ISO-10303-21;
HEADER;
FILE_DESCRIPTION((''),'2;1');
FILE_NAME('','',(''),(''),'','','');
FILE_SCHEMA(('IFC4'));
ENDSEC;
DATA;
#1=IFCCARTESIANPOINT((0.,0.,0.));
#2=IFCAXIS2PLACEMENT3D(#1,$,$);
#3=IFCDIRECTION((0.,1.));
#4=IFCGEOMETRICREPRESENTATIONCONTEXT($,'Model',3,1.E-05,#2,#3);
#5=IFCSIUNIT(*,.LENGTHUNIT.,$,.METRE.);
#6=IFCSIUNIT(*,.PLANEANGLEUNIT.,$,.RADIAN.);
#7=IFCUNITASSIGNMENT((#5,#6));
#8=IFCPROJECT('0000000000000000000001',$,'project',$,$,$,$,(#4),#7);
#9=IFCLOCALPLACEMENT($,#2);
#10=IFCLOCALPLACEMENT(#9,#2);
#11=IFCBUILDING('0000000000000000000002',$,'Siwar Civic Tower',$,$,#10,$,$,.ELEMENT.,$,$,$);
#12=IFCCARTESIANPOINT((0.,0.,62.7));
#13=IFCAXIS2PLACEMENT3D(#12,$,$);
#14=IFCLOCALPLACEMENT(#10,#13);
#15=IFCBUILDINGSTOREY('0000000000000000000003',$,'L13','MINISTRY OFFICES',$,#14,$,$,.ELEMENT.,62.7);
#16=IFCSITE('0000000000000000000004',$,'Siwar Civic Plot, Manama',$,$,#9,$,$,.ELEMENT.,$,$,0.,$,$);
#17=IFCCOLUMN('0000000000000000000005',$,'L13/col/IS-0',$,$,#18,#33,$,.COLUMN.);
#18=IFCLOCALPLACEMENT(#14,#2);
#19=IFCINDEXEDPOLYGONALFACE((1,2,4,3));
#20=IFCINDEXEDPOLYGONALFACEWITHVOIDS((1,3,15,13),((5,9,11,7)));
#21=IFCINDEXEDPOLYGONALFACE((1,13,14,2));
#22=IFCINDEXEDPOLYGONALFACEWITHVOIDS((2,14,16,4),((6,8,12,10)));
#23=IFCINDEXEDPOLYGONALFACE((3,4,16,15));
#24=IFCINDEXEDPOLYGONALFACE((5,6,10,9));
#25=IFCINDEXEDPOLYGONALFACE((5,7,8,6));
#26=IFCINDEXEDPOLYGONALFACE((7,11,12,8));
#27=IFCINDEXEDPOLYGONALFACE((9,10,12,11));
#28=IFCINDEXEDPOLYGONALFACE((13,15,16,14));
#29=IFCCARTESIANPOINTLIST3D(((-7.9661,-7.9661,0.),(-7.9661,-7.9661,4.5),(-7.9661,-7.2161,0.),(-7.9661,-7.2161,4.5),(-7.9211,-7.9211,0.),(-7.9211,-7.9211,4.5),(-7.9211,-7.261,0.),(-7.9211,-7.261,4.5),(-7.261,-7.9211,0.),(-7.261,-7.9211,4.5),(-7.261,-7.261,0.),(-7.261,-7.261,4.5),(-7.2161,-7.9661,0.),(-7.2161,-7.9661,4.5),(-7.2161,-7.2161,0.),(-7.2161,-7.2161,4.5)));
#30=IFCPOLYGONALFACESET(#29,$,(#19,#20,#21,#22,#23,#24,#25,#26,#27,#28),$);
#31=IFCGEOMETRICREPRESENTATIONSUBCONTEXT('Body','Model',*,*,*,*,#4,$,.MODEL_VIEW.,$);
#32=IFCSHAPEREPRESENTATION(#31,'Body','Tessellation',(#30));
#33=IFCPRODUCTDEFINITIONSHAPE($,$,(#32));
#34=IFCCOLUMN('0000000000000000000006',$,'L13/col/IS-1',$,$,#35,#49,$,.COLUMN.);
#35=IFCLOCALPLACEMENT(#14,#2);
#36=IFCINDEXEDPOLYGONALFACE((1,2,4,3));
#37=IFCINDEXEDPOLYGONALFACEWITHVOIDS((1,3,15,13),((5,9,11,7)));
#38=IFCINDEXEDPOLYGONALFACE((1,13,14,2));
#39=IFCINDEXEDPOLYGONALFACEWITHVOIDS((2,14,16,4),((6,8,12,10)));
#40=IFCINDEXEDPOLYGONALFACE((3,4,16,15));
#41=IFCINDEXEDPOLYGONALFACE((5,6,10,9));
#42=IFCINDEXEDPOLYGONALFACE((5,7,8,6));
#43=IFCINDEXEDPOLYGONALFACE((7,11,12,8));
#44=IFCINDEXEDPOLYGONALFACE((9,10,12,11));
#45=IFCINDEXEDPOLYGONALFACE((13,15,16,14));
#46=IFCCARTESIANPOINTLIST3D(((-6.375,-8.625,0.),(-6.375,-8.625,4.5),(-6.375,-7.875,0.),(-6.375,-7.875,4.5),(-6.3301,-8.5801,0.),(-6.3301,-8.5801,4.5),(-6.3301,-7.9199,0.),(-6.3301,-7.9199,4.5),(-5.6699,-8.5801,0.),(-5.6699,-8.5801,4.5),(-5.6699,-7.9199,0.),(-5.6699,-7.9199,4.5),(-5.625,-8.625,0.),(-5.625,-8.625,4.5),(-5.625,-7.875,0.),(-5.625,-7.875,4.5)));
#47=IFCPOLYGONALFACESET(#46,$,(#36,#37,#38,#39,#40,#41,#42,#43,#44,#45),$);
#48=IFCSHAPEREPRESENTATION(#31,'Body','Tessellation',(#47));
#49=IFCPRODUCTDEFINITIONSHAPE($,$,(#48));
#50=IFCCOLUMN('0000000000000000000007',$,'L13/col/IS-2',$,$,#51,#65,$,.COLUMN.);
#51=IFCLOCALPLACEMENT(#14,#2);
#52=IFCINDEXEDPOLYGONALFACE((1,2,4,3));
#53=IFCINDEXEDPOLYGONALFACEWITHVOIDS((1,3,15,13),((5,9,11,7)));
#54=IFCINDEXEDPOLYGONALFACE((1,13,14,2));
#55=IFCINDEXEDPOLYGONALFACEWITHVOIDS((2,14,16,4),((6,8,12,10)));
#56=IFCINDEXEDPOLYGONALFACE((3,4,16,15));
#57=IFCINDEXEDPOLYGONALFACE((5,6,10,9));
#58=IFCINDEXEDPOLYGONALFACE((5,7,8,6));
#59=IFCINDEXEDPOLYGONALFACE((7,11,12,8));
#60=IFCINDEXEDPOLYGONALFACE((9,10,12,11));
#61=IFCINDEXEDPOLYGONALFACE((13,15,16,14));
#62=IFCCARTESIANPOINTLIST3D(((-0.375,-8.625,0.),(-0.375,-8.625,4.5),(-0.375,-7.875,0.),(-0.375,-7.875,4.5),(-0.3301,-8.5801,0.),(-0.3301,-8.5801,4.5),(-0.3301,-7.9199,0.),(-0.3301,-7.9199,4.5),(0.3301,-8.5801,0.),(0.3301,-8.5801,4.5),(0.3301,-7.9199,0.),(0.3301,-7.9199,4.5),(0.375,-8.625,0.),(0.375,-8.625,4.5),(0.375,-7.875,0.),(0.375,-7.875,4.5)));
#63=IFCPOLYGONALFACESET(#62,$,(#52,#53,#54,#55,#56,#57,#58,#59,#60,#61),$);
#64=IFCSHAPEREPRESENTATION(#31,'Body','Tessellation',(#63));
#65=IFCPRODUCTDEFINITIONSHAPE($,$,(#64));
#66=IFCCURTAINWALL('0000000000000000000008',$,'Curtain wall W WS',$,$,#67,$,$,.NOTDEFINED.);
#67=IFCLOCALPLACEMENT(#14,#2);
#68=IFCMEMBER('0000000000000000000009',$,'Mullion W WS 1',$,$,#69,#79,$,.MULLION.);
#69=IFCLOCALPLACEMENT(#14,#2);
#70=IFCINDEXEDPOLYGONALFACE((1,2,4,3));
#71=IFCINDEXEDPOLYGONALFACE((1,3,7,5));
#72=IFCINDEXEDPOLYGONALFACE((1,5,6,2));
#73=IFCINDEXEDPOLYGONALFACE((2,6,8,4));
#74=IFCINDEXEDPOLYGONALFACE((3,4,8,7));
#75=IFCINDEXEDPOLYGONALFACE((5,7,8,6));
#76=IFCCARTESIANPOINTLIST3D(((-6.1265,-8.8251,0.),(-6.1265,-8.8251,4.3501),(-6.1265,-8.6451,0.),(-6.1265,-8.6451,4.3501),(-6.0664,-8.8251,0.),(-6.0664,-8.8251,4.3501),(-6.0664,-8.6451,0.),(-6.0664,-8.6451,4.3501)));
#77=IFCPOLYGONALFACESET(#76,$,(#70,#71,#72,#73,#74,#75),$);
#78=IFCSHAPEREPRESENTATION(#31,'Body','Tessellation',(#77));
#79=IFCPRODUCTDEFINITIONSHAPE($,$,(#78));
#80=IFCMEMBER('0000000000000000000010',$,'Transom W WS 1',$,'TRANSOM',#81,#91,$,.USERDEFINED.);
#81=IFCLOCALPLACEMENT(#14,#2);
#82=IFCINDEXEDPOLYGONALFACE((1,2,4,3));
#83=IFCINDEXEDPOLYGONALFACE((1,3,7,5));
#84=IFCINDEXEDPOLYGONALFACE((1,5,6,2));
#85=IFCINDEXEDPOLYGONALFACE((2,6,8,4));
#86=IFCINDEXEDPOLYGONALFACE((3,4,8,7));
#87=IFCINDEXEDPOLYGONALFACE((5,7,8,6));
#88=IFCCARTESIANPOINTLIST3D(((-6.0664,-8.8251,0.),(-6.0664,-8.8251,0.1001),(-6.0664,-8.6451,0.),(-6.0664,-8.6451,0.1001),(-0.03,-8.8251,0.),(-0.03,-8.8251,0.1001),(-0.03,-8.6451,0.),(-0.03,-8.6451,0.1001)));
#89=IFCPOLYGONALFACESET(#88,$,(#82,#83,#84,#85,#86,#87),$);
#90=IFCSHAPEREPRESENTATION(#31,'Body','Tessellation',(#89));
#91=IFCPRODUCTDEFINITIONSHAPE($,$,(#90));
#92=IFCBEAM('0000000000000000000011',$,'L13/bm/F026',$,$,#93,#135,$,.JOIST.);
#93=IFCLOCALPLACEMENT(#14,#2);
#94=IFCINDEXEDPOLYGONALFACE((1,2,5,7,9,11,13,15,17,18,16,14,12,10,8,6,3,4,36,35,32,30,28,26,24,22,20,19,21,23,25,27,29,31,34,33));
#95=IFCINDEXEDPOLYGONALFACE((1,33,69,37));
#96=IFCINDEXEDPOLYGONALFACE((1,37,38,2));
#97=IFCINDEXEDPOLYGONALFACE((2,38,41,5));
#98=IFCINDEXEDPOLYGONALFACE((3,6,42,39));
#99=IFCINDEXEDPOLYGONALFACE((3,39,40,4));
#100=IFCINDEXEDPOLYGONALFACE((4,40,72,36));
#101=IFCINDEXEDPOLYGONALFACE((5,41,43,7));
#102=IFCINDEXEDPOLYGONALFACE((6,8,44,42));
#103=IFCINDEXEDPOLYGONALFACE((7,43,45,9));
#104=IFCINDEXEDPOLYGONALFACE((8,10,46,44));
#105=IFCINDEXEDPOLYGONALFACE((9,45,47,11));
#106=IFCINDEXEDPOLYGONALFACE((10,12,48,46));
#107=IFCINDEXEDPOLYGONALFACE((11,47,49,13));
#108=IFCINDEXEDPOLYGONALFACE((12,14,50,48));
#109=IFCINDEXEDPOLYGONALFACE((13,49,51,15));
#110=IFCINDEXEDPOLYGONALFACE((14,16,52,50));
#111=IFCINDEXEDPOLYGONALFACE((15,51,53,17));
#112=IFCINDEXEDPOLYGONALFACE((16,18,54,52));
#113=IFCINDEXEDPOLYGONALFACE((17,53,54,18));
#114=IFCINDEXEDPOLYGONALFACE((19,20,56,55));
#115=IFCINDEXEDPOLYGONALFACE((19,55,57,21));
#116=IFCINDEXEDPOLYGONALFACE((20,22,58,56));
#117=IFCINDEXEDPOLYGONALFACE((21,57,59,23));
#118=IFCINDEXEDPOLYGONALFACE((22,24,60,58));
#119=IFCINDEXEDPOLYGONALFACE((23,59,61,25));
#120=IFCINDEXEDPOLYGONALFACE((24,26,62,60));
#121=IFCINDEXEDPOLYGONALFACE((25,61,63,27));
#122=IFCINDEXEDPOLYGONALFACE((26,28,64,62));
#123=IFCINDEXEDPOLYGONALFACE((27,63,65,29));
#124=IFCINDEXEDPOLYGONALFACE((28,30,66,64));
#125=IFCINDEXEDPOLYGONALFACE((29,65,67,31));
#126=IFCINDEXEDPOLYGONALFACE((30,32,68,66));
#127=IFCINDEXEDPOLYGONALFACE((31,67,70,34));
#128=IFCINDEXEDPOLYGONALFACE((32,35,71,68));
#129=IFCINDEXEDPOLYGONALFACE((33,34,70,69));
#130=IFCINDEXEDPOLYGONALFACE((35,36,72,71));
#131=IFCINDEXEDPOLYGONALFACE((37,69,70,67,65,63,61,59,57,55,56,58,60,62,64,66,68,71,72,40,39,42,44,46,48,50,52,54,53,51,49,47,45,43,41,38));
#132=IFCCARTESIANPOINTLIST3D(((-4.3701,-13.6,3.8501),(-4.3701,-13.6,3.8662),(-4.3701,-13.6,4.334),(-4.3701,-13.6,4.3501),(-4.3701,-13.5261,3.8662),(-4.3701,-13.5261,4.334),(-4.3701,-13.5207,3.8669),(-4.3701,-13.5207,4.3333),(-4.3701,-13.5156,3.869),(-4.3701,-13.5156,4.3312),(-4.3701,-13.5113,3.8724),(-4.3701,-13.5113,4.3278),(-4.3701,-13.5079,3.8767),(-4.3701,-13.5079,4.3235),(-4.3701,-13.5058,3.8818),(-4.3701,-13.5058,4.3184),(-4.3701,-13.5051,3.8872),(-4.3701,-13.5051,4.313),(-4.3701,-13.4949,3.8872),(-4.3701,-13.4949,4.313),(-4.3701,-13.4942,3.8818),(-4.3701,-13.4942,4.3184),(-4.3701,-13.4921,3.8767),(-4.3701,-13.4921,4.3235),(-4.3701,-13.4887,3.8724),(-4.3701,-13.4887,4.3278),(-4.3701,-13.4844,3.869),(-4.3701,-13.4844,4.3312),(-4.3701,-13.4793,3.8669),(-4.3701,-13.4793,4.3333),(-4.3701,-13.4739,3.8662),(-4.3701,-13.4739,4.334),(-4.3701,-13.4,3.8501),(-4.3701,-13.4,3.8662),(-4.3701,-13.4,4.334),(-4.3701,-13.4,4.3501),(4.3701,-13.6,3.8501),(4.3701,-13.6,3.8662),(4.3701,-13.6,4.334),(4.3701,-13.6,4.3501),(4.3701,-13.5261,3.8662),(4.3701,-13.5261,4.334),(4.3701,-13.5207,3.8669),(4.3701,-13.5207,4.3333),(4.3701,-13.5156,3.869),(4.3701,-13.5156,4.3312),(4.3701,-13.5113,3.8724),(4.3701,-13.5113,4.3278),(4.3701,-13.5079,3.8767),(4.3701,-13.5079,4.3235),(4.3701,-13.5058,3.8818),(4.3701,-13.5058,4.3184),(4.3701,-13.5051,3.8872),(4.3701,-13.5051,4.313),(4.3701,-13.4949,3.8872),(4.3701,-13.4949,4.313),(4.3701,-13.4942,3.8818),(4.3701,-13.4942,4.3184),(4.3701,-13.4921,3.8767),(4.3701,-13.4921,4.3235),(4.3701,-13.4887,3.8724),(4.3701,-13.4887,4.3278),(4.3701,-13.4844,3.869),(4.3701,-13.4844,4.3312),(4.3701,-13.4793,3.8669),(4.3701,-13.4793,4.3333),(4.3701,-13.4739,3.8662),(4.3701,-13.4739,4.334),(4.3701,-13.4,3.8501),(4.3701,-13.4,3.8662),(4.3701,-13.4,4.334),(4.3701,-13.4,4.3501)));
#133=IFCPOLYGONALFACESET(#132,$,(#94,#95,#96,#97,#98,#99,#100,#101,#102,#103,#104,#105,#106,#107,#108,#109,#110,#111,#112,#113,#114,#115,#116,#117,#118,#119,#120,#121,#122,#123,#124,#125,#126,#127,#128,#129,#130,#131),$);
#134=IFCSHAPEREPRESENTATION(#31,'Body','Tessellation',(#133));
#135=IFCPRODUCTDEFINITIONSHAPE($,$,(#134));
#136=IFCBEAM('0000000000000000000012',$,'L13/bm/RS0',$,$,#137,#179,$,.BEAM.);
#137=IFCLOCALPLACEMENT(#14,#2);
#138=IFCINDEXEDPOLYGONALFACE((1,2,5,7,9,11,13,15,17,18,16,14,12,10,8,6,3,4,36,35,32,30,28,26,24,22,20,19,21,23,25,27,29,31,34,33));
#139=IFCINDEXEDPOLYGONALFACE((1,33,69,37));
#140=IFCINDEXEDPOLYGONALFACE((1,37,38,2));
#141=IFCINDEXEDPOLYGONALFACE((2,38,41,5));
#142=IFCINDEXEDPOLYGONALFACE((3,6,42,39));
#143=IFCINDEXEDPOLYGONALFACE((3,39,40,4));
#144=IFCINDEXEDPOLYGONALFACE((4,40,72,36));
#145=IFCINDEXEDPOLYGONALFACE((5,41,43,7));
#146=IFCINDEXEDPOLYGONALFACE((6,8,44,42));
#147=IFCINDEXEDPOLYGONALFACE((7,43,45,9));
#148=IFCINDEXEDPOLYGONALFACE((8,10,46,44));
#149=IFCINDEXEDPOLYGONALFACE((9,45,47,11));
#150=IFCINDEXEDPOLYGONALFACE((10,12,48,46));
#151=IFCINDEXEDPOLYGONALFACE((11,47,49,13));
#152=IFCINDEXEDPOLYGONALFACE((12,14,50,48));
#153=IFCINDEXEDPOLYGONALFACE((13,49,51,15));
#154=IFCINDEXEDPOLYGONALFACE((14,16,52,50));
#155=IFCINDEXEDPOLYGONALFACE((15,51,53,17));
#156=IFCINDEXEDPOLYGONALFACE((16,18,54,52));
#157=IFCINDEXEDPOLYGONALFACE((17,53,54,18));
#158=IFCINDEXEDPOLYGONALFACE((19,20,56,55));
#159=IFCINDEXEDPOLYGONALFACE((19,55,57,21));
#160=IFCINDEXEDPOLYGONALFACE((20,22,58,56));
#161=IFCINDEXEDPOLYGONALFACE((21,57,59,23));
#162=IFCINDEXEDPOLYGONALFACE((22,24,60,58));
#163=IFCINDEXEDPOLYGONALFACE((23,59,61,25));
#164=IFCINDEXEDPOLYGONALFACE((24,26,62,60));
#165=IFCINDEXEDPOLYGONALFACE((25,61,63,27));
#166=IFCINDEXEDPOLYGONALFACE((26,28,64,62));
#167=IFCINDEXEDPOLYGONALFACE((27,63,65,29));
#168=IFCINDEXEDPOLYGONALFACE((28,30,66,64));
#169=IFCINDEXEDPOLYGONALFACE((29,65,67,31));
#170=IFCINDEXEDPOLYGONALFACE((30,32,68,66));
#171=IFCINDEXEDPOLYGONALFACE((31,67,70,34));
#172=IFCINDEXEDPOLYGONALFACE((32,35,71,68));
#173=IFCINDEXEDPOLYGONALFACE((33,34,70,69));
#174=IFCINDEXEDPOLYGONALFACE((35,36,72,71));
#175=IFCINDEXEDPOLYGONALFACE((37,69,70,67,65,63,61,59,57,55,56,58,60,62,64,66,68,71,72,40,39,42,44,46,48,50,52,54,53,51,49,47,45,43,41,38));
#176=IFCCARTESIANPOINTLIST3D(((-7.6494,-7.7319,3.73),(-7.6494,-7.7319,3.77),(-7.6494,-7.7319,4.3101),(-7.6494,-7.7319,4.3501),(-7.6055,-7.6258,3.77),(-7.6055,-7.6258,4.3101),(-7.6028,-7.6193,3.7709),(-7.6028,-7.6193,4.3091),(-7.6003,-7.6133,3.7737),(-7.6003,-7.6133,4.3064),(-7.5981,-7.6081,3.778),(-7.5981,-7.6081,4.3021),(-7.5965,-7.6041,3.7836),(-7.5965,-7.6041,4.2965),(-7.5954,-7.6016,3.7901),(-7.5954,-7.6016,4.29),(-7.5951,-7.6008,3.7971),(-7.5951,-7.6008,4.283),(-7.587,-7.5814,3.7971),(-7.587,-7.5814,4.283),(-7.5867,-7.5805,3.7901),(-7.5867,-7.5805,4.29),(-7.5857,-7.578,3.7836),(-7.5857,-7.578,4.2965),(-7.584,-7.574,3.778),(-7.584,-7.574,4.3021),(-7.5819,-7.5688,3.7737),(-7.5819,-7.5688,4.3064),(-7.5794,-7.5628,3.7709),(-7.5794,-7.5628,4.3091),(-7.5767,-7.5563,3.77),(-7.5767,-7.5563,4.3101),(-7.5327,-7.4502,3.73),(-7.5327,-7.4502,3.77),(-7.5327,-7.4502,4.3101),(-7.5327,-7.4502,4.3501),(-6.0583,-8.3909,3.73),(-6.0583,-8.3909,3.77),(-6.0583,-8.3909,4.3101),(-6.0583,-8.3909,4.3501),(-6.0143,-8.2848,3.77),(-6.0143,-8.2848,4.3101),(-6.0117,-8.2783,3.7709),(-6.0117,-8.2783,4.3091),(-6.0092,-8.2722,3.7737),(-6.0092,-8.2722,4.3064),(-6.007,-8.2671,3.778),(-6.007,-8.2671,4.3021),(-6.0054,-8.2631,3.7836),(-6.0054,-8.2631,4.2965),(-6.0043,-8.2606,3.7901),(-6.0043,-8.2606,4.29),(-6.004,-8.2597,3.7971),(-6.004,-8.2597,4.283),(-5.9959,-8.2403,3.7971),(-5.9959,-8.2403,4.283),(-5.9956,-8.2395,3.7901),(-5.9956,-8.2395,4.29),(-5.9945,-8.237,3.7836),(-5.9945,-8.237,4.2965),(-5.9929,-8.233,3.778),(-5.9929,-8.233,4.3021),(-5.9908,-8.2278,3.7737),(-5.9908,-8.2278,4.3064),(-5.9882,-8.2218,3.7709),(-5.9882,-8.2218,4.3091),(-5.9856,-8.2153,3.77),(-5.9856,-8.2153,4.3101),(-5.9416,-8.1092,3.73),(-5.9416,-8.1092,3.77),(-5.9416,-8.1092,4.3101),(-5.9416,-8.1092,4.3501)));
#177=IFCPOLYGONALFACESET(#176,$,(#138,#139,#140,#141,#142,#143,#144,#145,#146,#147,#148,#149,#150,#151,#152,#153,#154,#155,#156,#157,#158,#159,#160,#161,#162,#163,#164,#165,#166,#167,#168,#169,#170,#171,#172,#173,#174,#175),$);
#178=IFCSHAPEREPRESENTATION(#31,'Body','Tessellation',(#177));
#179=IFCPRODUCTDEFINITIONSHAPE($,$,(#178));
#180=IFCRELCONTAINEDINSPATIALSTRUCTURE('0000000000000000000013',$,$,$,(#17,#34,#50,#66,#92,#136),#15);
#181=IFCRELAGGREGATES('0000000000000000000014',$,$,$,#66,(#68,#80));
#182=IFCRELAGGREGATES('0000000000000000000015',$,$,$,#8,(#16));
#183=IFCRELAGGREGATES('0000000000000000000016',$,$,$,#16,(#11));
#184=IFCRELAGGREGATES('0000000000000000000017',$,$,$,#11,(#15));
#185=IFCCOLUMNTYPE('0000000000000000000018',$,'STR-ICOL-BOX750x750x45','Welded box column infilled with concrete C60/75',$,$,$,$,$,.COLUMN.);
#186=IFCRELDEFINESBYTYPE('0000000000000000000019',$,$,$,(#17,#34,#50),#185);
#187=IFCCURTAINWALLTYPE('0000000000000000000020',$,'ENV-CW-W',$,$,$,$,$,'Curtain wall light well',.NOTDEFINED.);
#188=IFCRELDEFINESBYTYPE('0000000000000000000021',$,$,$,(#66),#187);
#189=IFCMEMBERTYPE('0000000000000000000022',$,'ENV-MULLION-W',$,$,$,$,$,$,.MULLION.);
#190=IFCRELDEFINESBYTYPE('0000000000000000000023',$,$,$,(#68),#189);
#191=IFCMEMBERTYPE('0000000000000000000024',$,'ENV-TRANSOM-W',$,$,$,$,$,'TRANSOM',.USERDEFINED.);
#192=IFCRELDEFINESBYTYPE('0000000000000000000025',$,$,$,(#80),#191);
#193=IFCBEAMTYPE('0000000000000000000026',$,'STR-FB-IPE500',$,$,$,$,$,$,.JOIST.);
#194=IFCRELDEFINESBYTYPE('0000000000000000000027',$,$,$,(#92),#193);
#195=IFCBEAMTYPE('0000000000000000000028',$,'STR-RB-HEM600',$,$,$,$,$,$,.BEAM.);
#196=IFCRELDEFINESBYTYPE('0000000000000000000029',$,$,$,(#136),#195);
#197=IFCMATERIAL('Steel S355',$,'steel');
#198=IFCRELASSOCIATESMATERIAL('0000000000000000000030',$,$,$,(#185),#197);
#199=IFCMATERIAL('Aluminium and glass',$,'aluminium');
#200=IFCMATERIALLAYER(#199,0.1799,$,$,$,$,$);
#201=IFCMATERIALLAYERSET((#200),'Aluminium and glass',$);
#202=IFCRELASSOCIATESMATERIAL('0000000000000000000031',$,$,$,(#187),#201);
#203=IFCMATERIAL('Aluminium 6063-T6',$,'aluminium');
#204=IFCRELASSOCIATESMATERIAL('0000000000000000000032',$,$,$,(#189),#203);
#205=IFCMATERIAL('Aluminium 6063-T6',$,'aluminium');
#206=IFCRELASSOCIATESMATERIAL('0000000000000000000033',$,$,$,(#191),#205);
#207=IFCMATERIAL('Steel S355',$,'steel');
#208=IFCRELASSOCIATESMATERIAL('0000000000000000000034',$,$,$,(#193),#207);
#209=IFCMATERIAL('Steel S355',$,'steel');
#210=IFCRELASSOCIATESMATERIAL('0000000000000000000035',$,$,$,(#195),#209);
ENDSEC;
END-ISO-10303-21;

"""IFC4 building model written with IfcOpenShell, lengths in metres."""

from ifc_helpers import new_model, si_unit, direction, frame, origin, origin_2d, place, context, subcontext, project, spatial, rectangle, hollow_rectangle, i_section, extrude, material, layer, layer_set, material_profile, profile_set, type_object, element, aggregate, save


model = new_model("IFC4")

# Units and contexts
model_context = context("Model", 3, precision=1e-05, world=origin(), true_north=direction((0.0, 1.0)))
body_context = subcontext(model_context, "Body", "Model", "MODEL_VIEW")
ifc_project = project(units=[si_unit("LENGTHUNIT", "METRE"), si_unit("PLANEANGLEUNIT", "RADIAN")], contexts=[model_context])

# Site, building, storey
site_placement = place(None, origin())
site = spatial("IfcSite", under=ifc_project, at=site_placement, Name="Siwar Civic Plot, Manama", CompositionType="ELEMENT", RefElevation=0.0)
building_placement = place(site_placement, origin())
building = spatial("IfcBuilding", under=site, at=building_placement, Name="Siwar Civic Tower", CompositionType="ELEMENT")
storey_placement = place(building_placement, frame((0.0, 0.0, 62.7)))
storey = spatial("IfcBuildingStorey", under=building, at=storey_placement, Name="L13", Description="MINISTRY OFFICES", CompositionType="ELEMENT", Elevation=62.7)

# Columns
ifc_material_1 = material(Name="Steel S355", Category="steel")
ifc_material_profile_1 = material_profile(ifc_material_1, hollow_rectangle(XDim=0.75, YDim=0.75, WallThickness=0.0449, at=origin_2d()), Name="BOX750x750x45")
ifc_profile_set_1 = profile_set([ifc_material_profile_1], Name="Steel S355")
column_type = type_object("IfcColumnType", Name="STR-ICOL-BOX750x750x45", Description="Welded box column infilled with concrete C60/75", PredefinedType="COLUMN", material=ifc_profile_set_1)
for number, where, z_axis, x_axis, name in (
    (1, (-7.5911, -7.5911, 0.0), (0.0, 0.0, 1.0), (1.0, 0.0, 0.0), "L13/col/IS-0"),
    (2, (-6.0, -8.25, 0.0), (0.0, 0.0, 1.0), (1.0, 0.0, 0.0), "L13/col/IS-1"),
    (3, (0.0, -8.25, 0.0), (0.0, 0.0, 1.0), (1.0, 0.0, 0.0), "L13/col/IS-2"),
):
    element("IfcColumn", number, at=place(storey_placement, frame(where, z_axis=z_axis, x_axis=x_axis)), inside=storey, type_object=column_type, Name=name, PredefinedType="COLUMN", context=body_context, shape_type="SweptSolid", body=[
        extrude(hollow_rectangle(XDim=0.75, YDim=0.75, WallThickness=0.0449, at=origin_2d()), origin(), (0.0, 0.0, 1.0), 4.5),
    ])

# Curtain wall, members
ifc_material_2 = material(Name="Aluminium and glass", Category="aluminium")
ifc_layer_1 = layer(ifc_material_2, 0.1799)
ifc_layer_set_1 = layer_set([ifc_layer_1], Name="Aluminium and glass")
curtain_wall_type = type_object("IfcCurtainWallType", Name="ENV-CW-W", ElementType="Curtain wall light well", PredefinedType="NOTDEFINED", material=ifc_layer_set_1)
curtain_wall_placement = place(storey_placement, origin())
curtain_wall = element("IfcCurtainWall", 4, at=curtain_wall_placement, inside=storey, type_object=curtain_wall_type, Name="Curtain wall W WS", PredefinedType="NOTDEFINED")
ifc_material_3 = material(Name="Aluminium 6063-T6", Category="aluminium")
ifc_material_profile_2 = material_profile(ifc_material_3, rectangle(XDim=0.1799, YDim=0.0601, at=origin_2d()), Name="AL 180x60")
ifc_profile_set_2 = profile_set([ifc_material_profile_2], Name="Aluminium 6063-T6")
member_type_1 = type_object("IfcMemberType", Name="ENV-MULLION-W", PredefinedType="MULLION", material=ifc_profile_set_2)
member_1_placement = place(storey_placement, frame((-6.0964, -8.7351, 0.0), z_axis=(0.0, 0.0, 1.0), x_axis=(0.0, 1.0, 0.0)))
member_1 = element("IfcMember", 5, at=member_1_placement, type_object=member_type_1, Name="Mullion W WS 1", PredefinedType="MULLION", context=body_context, shape_type="SweptSolid", body=[
    extrude(rectangle(XDim=0.1799, YDim=0.0601, at=origin_2d()), origin(), (0.0, 0.0, 1.0), 4.3501),
])
ifc_material_4 = material(Name="Aluminium 6063-T6", Category="aluminium")
ifc_material_profile_3 = material_profile(ifc_material_4, rectangle(XDim=0.1799, YDim=0.1001, at=origin_2d()), Name="AL 180x100")
ifc_profile_set_3 = profile_set([ifc_material_profile_3], Name="Aluminium 6063-T6")
member_type_2 = type_object("IfcMemberType", Name="ENV-TRANSOM-W", ElementType="TRANSOM", PredefinedType="USERDEFINED", material=ifc_profile_set_3)
member_2_placement = place(storey_placement, frame((-6.0664, -8.7351, 0.05), z_axis=(1.0, 0.0, 0.0), x_axis=(0.0, 1.0, 0.0)))
member_2 = element("IfcMember", 6, at=member_2_placement, type_object=member_type_2, Name="Transom W WS 1", ObjectType="TRANSOM", PredefinedType="USERDEFINED", context=body_context, shape_type="SweptSolid", body=[
    extrude(rectangle(XDim=0.1799, YDim=0.1001, at=origin_2d()), origin(), (0.0, 0.0, 1.0), 6.0364),
])

# Beams
ifc_material_5 = material(Name="Steel S355", Category="steel")
ifc_material_profile_4 = material_profile(ifc_material_5, i_section(OverallWidth=0.2, OverallDepth=0.5, WebThickness=0.0103, FlangeThickness=0.0161, FilletRadius=0.021, at=origin_2d()), Name="IPE500")
ifc_profile_set_4 = profile_set([ifc_material_profile_4], Name="Steel S355")
beam_type_1 = type_object("IfcBeamType", Name="STR-FB-IPE500", PredefinedType="JOIST", material=ifc_profile_set_4)
beam_1_placement = place(storey_placement, frame((-4.3701, -13.5, 4.1001), z_axis=(1.0, 0.0, 0.0), x_axis=(0.0, 1.0, 0.0)))
element("IfcBeam", 7, at=beam_1_placement, inside=storey, type_object=beam_type_1, Name="L13/bm/F026", PredefinedType="JOIST", context=body_context, shape_type="SweptSolid", body=[
    extrude(i_section(OverallWidth=0.2, OverallDepth=0.5, WebThickness=0.0103, FlangeThickness=0.0161, FilletRadius=0.021, at=origin_2d()), origin(), (0.0, 0.0, 1.0), 8.7402),
])
ifc_material_6 = material(Name="Steel S355", Category="steel")
ifc_material_profile_5 = material_profile(ifc_material_6, i_section(OverallWidth=0.3049, OverallDepth=0.6201, WebThickness=0.021, FlangeThickness=0.04, FilletRadius=0.0271, at=origin_2d()), Name="HEM600")
ifc_profile_set_5 = profile_set([ifc_material_profile_5], Name="Steel S355")
beam_type_2 = type_object("IfcBeamType", Name="STR-RB-HEM600", PredefinedType="BEAM", material=ifc_profile_set_5)
beam_2_placement = place(storey_placement, frame((-7.5911, -7.5911, 4.04), z_axis=(0.923901, -0.382631, 0.0), x_axis=(0.382631, 0.923901, 0.0)))
element("IfcBeam", 8, at=beam_2_placement, inside=storey, type_object=beam_type_2, Name="L13/bm/RS0", PredefinedType="BEAM", context=body_context, shape_type="SweptSolid", body=[
    extrude(i_section(OverallWidth=0.3049, OverallDepth=0.6201, WebThickness=0.021, FlangeThickness=0.04, FilletRadius=0.0271, at=origin_2d()), origin(), (0.0, 0.0, 1.0), 1.7222),
])

aggregate(curtain_wall, [member_1, member_2])

save(model, "model.ifc")
